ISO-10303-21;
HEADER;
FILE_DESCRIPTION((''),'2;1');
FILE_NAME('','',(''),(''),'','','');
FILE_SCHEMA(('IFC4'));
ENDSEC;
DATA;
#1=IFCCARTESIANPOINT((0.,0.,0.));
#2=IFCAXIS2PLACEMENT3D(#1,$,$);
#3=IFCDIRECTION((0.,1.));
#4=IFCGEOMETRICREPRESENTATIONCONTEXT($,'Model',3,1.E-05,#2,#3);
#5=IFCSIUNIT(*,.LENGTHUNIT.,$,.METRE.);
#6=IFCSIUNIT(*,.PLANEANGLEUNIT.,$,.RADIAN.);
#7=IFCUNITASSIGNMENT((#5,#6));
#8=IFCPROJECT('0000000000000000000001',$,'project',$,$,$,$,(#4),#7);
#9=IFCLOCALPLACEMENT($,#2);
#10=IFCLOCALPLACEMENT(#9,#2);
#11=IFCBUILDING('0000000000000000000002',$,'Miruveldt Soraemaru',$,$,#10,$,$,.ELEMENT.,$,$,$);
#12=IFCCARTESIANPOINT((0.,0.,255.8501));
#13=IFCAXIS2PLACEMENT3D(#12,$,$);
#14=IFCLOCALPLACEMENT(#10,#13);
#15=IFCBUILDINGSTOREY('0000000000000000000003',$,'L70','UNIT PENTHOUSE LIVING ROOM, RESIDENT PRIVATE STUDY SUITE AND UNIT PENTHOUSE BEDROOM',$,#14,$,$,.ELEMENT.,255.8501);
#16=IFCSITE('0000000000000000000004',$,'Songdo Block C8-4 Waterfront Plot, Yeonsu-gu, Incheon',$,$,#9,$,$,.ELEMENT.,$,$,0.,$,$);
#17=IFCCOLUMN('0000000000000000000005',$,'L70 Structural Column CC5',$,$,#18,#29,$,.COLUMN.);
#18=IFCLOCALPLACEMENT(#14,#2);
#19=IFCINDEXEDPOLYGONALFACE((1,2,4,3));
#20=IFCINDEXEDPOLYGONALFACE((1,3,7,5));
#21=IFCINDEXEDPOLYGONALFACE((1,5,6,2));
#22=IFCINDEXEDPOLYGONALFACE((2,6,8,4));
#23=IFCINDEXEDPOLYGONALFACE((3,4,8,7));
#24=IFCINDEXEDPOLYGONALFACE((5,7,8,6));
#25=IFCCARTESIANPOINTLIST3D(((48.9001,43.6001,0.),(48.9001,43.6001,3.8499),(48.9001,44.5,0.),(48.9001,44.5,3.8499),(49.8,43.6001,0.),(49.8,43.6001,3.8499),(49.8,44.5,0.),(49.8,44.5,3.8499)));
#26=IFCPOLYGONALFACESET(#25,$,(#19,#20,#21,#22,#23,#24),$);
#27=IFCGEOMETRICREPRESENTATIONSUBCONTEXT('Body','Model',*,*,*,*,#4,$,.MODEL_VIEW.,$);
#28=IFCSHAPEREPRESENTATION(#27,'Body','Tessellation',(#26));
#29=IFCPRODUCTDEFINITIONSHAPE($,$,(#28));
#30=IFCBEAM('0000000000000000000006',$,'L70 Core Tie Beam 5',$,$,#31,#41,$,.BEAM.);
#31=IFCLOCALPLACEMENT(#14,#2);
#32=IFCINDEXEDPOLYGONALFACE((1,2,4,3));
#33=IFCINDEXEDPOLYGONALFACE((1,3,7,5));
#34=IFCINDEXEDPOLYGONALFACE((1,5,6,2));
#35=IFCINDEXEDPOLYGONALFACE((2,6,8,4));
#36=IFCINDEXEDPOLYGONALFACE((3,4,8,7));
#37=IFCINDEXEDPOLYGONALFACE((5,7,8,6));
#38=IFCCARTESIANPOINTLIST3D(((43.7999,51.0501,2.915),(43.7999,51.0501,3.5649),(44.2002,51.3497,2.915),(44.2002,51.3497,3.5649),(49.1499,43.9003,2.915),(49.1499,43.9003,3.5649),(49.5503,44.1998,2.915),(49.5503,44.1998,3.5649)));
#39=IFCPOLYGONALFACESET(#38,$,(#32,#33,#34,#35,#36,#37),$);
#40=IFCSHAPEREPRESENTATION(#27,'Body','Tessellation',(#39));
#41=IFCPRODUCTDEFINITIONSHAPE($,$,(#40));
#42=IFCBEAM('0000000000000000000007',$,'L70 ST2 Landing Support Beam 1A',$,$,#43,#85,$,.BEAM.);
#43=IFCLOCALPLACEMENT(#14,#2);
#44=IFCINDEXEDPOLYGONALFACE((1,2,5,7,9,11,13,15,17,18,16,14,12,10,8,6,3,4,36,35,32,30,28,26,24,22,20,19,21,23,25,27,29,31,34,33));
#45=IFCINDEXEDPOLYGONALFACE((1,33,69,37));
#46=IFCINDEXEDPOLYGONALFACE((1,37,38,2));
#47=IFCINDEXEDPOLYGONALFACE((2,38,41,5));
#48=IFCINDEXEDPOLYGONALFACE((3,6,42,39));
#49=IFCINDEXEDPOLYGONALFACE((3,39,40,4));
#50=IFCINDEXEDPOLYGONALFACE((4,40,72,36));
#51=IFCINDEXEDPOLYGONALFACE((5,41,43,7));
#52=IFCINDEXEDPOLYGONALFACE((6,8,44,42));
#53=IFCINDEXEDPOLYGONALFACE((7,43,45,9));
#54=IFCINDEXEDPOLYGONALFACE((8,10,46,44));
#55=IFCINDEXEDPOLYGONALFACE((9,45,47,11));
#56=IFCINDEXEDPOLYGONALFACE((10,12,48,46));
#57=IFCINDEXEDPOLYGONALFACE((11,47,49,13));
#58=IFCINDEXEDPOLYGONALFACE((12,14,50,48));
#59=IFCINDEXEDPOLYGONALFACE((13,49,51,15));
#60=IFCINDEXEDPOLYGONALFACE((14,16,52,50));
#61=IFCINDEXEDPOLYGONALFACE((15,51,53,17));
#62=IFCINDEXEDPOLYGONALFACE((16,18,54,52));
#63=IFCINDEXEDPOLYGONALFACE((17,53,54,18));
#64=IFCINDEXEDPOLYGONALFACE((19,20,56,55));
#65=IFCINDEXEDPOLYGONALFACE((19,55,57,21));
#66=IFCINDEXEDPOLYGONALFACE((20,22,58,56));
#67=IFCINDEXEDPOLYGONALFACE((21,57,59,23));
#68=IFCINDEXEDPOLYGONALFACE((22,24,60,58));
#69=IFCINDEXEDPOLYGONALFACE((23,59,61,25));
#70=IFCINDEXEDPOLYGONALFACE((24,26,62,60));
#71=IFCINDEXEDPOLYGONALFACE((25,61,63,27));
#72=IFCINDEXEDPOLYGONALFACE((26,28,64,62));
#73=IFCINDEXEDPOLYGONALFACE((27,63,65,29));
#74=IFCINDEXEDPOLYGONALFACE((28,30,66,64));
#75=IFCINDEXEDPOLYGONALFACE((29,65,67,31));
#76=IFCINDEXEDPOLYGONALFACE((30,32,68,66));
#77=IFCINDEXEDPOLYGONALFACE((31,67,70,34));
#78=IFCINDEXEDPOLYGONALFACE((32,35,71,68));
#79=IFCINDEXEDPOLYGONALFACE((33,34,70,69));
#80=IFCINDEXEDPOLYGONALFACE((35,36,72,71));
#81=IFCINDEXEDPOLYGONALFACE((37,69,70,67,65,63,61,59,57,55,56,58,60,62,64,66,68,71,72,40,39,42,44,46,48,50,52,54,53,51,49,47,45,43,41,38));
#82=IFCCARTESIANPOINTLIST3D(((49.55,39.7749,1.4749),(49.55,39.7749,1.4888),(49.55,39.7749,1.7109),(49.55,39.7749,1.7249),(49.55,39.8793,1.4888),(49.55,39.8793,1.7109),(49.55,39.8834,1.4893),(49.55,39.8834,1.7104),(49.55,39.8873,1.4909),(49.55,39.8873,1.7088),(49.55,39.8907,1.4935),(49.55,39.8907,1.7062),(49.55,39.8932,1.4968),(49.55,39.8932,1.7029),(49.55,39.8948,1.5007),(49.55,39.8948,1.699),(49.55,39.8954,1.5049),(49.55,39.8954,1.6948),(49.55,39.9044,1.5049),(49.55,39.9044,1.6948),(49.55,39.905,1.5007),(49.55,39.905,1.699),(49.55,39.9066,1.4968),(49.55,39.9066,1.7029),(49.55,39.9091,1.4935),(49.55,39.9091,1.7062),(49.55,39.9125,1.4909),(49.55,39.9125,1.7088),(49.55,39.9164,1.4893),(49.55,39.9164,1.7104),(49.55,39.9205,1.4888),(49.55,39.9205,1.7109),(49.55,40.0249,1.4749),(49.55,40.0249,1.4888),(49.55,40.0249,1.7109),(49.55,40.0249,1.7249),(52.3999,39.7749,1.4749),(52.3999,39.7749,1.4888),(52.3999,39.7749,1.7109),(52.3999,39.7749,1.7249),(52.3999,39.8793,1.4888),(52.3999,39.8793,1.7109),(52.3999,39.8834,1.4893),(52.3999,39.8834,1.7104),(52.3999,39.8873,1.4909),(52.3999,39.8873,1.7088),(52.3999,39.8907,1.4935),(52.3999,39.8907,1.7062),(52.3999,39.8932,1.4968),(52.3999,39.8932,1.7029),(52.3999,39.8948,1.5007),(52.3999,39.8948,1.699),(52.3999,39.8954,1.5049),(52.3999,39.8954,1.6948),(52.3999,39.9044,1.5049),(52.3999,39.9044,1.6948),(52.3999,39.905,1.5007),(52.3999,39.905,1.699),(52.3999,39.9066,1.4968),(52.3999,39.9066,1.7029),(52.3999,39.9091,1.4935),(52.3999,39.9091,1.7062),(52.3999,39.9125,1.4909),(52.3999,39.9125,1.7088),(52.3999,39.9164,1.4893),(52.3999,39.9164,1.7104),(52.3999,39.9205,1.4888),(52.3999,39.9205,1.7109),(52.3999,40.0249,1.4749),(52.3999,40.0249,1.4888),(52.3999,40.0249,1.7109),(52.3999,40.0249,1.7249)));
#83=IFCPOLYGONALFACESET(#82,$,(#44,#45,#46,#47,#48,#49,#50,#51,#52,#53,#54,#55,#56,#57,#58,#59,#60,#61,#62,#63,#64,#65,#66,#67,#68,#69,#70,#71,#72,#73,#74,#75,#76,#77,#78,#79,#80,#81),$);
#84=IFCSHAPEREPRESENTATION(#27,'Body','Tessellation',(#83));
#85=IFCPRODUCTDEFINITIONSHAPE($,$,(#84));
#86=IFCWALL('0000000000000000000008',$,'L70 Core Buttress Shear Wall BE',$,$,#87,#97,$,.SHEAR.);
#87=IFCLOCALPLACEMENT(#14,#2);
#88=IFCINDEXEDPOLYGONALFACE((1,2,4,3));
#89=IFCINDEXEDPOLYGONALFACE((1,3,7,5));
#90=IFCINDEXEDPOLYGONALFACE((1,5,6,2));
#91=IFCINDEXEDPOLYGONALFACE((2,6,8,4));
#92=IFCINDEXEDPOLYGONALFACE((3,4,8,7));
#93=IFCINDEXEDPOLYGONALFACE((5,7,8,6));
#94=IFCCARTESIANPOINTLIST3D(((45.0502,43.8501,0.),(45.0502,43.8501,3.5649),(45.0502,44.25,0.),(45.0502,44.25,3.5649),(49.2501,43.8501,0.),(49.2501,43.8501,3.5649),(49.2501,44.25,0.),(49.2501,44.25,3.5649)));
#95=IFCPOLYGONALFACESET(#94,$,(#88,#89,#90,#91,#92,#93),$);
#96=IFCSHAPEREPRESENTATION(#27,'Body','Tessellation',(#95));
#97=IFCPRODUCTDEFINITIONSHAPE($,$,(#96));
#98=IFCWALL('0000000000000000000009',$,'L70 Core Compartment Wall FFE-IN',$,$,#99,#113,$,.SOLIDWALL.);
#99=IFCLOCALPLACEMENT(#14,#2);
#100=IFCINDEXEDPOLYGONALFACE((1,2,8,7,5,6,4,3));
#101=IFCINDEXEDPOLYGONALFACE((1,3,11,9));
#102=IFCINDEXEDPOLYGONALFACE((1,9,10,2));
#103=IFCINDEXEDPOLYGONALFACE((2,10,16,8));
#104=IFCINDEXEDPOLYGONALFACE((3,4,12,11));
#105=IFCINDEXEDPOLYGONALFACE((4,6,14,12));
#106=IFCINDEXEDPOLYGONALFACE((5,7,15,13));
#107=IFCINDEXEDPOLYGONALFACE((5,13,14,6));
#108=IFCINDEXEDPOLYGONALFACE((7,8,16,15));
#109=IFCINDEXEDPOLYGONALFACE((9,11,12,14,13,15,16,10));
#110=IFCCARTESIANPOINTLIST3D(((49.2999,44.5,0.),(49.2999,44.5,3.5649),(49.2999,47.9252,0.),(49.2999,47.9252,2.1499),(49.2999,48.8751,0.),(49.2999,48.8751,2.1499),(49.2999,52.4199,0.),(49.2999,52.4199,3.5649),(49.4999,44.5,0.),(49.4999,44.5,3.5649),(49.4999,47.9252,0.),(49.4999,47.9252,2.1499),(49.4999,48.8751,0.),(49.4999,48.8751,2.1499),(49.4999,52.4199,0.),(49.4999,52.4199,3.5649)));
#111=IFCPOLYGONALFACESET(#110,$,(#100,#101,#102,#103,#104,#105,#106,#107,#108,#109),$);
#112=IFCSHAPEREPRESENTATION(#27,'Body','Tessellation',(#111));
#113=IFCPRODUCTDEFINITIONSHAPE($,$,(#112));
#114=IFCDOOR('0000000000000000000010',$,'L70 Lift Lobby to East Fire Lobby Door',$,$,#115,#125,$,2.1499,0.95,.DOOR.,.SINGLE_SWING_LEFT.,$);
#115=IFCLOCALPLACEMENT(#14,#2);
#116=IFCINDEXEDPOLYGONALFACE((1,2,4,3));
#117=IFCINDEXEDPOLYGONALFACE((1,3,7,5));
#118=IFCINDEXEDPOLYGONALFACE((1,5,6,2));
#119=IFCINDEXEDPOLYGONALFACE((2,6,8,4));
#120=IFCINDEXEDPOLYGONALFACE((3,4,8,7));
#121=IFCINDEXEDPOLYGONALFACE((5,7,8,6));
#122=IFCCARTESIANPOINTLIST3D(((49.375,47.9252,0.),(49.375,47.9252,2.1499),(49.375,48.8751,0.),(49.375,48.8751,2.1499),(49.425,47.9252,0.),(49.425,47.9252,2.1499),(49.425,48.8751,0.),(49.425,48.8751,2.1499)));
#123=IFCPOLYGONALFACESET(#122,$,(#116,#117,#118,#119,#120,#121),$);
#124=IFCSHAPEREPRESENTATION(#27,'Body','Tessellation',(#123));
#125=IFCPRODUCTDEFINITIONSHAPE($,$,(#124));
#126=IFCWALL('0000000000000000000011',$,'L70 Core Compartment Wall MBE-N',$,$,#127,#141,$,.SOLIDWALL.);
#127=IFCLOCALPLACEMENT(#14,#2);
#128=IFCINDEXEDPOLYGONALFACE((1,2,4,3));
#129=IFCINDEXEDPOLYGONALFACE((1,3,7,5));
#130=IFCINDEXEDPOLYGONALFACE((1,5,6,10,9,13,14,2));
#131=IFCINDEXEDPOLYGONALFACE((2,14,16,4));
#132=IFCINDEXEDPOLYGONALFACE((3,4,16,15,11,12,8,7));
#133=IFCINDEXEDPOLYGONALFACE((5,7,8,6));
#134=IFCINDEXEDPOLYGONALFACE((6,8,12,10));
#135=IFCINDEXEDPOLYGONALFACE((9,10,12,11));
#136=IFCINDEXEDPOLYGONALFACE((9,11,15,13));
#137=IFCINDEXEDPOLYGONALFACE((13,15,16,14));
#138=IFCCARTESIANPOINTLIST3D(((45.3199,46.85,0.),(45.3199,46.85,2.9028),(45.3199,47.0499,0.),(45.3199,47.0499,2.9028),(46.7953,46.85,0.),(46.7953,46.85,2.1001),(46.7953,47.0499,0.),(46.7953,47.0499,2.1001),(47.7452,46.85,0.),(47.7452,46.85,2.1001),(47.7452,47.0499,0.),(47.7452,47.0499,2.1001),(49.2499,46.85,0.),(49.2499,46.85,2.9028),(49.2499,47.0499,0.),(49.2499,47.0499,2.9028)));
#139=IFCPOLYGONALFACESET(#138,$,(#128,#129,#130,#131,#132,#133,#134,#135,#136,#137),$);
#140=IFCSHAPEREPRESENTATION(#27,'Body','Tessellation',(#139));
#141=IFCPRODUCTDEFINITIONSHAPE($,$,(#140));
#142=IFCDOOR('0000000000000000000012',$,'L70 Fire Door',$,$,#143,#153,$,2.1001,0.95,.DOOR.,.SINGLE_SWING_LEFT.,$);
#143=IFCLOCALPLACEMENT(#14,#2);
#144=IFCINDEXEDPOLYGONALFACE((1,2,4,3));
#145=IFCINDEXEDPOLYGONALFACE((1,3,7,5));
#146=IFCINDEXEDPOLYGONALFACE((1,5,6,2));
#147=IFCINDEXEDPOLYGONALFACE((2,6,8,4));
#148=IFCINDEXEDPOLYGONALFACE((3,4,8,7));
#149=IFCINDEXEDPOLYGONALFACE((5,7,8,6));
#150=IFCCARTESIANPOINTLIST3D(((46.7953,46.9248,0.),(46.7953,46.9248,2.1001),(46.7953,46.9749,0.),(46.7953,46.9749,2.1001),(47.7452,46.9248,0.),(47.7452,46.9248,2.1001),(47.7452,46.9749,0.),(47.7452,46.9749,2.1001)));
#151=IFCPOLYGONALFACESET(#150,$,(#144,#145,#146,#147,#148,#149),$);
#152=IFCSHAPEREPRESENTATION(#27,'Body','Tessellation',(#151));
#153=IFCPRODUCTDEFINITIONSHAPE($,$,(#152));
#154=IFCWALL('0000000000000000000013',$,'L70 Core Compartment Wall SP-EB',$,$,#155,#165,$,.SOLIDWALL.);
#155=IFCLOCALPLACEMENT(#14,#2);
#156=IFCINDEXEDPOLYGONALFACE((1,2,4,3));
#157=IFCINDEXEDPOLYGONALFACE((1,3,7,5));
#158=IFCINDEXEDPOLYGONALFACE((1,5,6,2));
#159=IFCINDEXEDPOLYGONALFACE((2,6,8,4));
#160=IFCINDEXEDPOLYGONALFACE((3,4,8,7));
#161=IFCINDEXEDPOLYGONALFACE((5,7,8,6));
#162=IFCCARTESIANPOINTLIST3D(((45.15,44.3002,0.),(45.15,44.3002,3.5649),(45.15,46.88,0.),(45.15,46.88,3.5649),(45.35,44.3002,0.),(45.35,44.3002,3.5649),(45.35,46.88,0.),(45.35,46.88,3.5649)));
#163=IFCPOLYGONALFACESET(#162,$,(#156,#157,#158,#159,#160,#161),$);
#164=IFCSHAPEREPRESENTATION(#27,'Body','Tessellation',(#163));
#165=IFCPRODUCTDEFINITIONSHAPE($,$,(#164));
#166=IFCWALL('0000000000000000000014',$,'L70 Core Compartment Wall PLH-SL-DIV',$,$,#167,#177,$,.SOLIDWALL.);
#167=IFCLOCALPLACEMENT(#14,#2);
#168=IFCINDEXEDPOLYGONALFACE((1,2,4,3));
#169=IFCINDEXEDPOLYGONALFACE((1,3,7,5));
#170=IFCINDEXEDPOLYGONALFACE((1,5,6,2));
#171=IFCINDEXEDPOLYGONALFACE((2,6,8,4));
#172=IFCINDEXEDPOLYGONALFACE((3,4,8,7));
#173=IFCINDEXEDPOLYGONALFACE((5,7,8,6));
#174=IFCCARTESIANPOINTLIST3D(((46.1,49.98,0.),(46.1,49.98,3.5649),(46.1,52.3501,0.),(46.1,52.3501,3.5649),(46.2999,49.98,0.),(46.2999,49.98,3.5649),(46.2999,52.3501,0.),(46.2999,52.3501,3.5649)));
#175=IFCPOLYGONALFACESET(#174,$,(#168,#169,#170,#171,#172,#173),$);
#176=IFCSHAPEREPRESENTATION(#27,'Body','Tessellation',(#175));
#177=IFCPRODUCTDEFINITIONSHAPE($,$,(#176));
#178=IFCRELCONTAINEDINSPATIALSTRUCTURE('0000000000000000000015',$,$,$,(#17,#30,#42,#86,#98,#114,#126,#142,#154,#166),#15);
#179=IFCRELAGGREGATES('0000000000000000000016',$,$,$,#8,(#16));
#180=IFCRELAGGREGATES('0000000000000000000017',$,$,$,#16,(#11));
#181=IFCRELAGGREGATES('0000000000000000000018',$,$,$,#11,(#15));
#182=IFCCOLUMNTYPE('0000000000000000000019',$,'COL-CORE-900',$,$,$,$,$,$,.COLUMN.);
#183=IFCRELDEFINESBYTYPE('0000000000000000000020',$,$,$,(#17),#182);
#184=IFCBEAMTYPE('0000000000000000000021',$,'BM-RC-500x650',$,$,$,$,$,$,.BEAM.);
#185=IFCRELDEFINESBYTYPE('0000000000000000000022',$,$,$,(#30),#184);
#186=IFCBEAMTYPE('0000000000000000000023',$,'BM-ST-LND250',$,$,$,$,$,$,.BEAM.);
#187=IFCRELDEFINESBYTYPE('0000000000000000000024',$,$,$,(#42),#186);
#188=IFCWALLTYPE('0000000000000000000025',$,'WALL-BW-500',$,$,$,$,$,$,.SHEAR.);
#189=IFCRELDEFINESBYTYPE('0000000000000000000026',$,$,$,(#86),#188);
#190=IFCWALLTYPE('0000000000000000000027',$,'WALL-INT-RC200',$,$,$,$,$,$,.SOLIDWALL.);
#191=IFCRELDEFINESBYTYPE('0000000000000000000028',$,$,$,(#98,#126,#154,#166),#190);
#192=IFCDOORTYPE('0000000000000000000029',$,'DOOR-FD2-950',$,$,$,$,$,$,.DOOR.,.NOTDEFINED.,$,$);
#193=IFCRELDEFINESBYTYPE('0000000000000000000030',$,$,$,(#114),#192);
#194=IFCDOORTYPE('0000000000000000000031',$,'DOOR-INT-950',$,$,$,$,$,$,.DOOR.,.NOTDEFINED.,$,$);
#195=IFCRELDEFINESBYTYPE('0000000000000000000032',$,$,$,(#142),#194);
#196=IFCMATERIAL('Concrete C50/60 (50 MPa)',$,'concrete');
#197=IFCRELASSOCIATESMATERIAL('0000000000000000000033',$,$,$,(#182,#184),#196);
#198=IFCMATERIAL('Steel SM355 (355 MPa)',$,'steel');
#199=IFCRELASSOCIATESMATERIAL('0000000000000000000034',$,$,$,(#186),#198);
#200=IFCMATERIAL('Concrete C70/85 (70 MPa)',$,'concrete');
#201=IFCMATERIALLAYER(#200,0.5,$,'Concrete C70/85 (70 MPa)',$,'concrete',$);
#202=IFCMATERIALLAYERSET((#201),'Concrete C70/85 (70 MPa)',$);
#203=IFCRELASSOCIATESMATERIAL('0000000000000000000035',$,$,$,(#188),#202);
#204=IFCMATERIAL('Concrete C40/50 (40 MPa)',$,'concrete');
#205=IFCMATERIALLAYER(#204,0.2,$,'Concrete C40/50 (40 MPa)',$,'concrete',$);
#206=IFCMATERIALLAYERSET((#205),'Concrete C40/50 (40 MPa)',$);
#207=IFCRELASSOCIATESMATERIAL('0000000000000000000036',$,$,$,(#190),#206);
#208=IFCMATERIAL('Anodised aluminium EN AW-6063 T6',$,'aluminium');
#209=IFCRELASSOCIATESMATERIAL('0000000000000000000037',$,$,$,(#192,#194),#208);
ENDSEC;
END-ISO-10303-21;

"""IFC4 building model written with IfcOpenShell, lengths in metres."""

from ifc_helpers import new_model, si_unit, direction, frame, frame_2d, origin, origin_2d, place, context, subcontext, project, spatial, rectangle, i_section, extrude, material, layer, layer_set, material_profile, profile_set, type_object, element, fill, save


model = new_model("IFC4")

# Units and contexts
model_context = context("Model", 3, precision=1e-05, world=origin(), true_north=direction((0.0, 1.0)))
body_context = subcontext(model_context, "Body", "Model", "MODEL_VIEW")
ifc_project = project(units=[si_unit("LENGTHUNIT", "METRE"), si_unit("PLANEANGLEUNIT", "RADIAN")], contexts=[model_context])

# Site, building, storey
site_placement = place(None, origin())
site = spatial("IfcSite", under=ifc_project, at=site_placement, Name="Songdo Block C8-4 Waterfront Plot, Yeonsu-gu, Incheon", CompositionType="ELEMENT", RefElevation=0.0)
building_placement = place(site_placement, origin())
building = spatial("IfcBuilding", under=site, at=building_placement, Name="Miruveldt Soraemaru", CompositionType="ELEMENT")
storey_placement = place(building_placement, frame((0.0, 0.0, 255.8501)))
storey = spatial("IfcBuildingStorey", under=building, at=storey_placement, Name="L70", Description="UNIT PENTHOUSE LIVING ROOM, RESIDENT PRIVATE STUDY SUITE AND UNIT PENTHOUSE BEDROOM", CompositionType="ELEMENT", Elevation=255.8501)

# Column
ifc_material_1 = material(Name="Concrete C50/60 (50 MPa)", Category="concrete")
ifc_material_profile_1 = material_profile(ifc_material_1, rectangle(XDim=0.8999, YDim=0.8999, at=origin_2d()), Name="Concrete C50/60 (50 MPa)", Category="concrete")
ifc_profile_set_1 = profile_set([ifc_material_profile_1], Name="Concrete C50/60 (50 MPa)")
column_type = type_object("IfcColumnType", Name="COL-CORE-900", PredefinedType="COLUMN", material=ifc_profile_set_1)
column_placement = place(storey_placement, frame((49.3501, 44.05, 0.0), z_axis=(0.0, 0.0, 1.0), x_axis=(1.0, 0.0, 0.0)))
element("IfcColumn", 1, at=column_placement, inside=storey, type_object=column_type, Name="L70 Structural Column CC5", PredefinedType="COLUMN", context=body_context, shape_type="SweptSolid", body=[
    extrude(rectangle(XDim=0.8999, YDim=0.8999, at=origin_2d()), origin(), (0.0, 0.0, 1.0), 3.8499),
])

# Beams
ifc_material_profile_2 = material_profile(ifc_material_1, rectangle(XDim=0.5, YDim=0.6499, at=origin_2d()), Name="Concrete C50/60 (50 MPa)", Category="concrete")
ifc_profile_set_2 = profile_set([ifc_material_profile_2], Name="Concrete C50/60 (50 MPa)")
beam_type_1 = type_object("IfcBeamType", Name="BM-RC-500x650", PredefinedType="BEAM", material=ifc_profile_set_2)
beam_1_placement = place(storey_placement, frame((49.3501, 44.05, 3.24), z_axis=(-0.599116, 0.800662, 0.0), x_axis=(-0.800662, -0.599116, 0.0)))
element("IfcBeam", 2, at=beam_1_placement, inside=storey, type_object=beam_type_1, Name="L70 Core Tie Beam 5", PredefinedType="BEAM", context=body_context, shape_type="SweptSolid", body=[
    extrude(rectangle(XDim=0.5, YDim=0.6499, at=origin_2d()), origin(), (0.0, 0.0, 1.0), 8.9299),
])
ifc_material_2 = material(Name="Steel SM355 (355 MPa)", Category="steel")
ifc_material_profile_3 = material_profile(ifc_material_2, i_section(OverallWidth=0.25, OverallDepth=0.25, WebThickness=0.009, FlangeThickness=0.0139, FilletRadius=0.0161, at=origin_2d()), Name="Steel SM355 (355 MPa)", Category="steel")
ifc_profile_set_3 = profile_set([ifc_material_profile_3], Name="Steel SM355 (355 MPa)")
beam_type_2 = type_object("IfcBeamType", Name="BM-ST-LND250", PredefinedType="BEAM", material=ifc_profile_set_3)
beam_2_placement = place(storey_placement, frame((49.55, 39.8999, 1.5999), z_axis=(1.0, 0.0, 0.0), x_axis=(0.0, 1.0, 0.0)))
element("IfcBeam", 3, at=beam_2_placement, inside=storey, type_object=beam_type_2, Name="L70 ST2 Landing Support Beam 1A", PredefinedType="BEAM", context=body_context, shape_type="SweptSolid", body=[
    extrude(i_section(OverallWidth=0.25, OverallDepth=0.25, WebThickness=0.009, FlangeThickness=0.0139, FilletRadius=0.0161, at=origin_2d()), origin(), (0.0, 0.0, 1.0), 2.8499),
])

# Wall
ifc_material_3 = material(Name="Concrete C70/85 (70 MPa)", Category="concrete")
ifc_layer_1 = layer(ifc_material_3, 0.5, Name="Concrete C70/85 (70 MPa)", Category="concrete")
ifc_layer_set_1 = layer_set([ifc_layer_1], Name="Concrete C70/85 (70 MPa)")
wall_type_1 = type_object("IfcWallType", Name="WALL-BW-500", PredefinedType="SHEAR", material=ifc_layer_set_1)
wall_1_placement = place(storey_placement, frame((45.05, 44.05, 0.0), z_axis=(0.0, 0.0, 1.0), x_axis=(1.0, 0.0, 0.0)))
element("IfcWall", 4, at=wall_1_placement, inside=storey, type_object=wall_type_1, Name="L70 Core Buttress Shear Wall BE", PredefinedType="SHEAR", context=body_context, shape_type="SweptSolid", body=[
    extrude(rectangle(XDim=4.2, YDim=0.3999, at=frame_2d((2.1001, 0.0))), origin(), (0.0, 0.0, 1.0), 3.5649),
])

# Wall, opening, door
ifc_material_4 = material(Name="Concrete C40/50 (40 MPa)", Category="concrete")
ifc_layer_2 = layer(ifc_material_4, 0.2, Name="Concrete C40/50 (40 MPa)", Category="concrete")
ifc_layer_set_2 = layer_set([ifc_layer_2], Name="Concrete C40/50 (40 MPa)")
wall_type_2 = type_object("IfcWallType", Name="WALL-INT-RC200", PredefinedType="SOLIDWALL", material=ifc_layer_set_2)
wall_2_placement = place(storey_placement, frame((49.3999, 44.5, 0.0), z_axis=(0.0, 0.0, 1.0), x_axis=(0.0, 1.0, 0.0)))
wall_2 = element("IfcWall", 5, at=wall_2_placement, inside=storey, type_object=wall_type_2, Name="L70 Core Compartment Wall FFE-IN", PredefinedType="SOLIDWALL", context=body_context, shape_type="SweptSolid", body=[
    extrude(rectangle(XDim=7.9199, YDim=0.2, at=frame_2d((3.96, 0.0))), origin(), (0.0, 0.0, 1.0), 3.5649),
])
opening_1_placement = place(wall_2_placement, frame((3.425, 0.0, 0.0)))
opening_1 = element("IfcOpeningElement", 6, at=opening_1_placement, cuts=wall_2, PredefinedType="OPENING", context=body_context, shape_type="SweptSolid", body=[
    extrude(rectangle(XDim=0.95, YDim=2.1499, at=frame_2d((0.4751, 1.075))), frame((0.0, 0.1099, 0.0), z_axis=(0.0, -1.0, 0.0), x_axis=(1.0, 0.0, 0.0)), (0.0, 0.0, 1.0), 0.22),
])
ifc_material_5 = material(Name="Anodised aluminium EN AW-6063 T6", Category="aluminium")
door_type_1 = type_object("IfcDoorType", Name="DOOR-FD2-950", OperationType="NOTDEFINED", PredefinedType="DOOR", material=ifc_material_5)
door_1_placement = place(opening_1_placement, origin())
door_1 = element("IfcDoor", 7, at=door_1_placement, inside=storey, type_object=door_type_1, Name="L70 Lift Lobby to East Fire Lobby Door", OperationType="SINGLE_SWING_LEFT", OverallHeight=2.1499, OverallWidth=0.95, PredefinedType="DOOR", context=body_context, shape_type="SweptSolid", body=[
    extrude(rectangle(XDim=0.95, YDim=2.1499, at=frame_2d((0.4751, 1.075))), frame((0.0, 0.0249, 0.0), z_axis=(0.0, -1.0, 0.0), x_axis=(1.0, 0.0, 0.0)), (0.0, 0.0, 1.0), 0.05),
])
fill(opening_1, door_1)

# Wall, opening, door
wall_3_placement = place(storey_placement, frame((45.3201, 46.95, 0.0), z_axis=(0.0, 0.0, 1.0), x_axis=(1.0, 0.0, 0.0)))
wall_3 = element("IfcWall", 8, at=wall_3_placement, inside=storey, type_object=wall_type_2, Name="L70 Core Compartment Wall MBE-N", PredefinedType="SOLIDWALL", context=body_context, shape_type="SweptSolid", body=[
    extrude(rectangle(XDim=3.9299, YDim=0.2, at=frame_2d((1.9648, 0.0))), origin(), (0.0, 0.0, 1.0), 2.9028),
])
opening_2_placement = place(wall_3_placement, frame((1.4751, 0.0, 0.0)))
opening_2 = element("IfcOpeningElement", 9, at=opening_2_placement, cuts=wall_3, PredefinedType="OPENING", context=body_context, shape_type="SweptSolid", body=[
    extrude(rectangle(XDim=0.95, YDim=2.1001, at=frame_2d((0.4751, 1.05))), frame((0.0, 0.1099, 0.0), z_axis=(0.0, -1.0, 0.0), x_axis=(1.0, 0.0, 0.0)), (0.0, 0.0, 1.0), 0.22),
])
door_type_2 = type_object("IfcDoorType", Name="DOOR-INT-950", OperationType="NOTDEFINED", PredefinedType="DOOR", material=ifc_material_5)
door_2_placement = place(opening_2_placement, origin())
door_2 = element("IfcDoor", 10, at=door_2_placement, inside=storey, type_object=door_type_2, Name="L70 Fire Door", OperationType="SINGLE_SWING_LEFT", OverallHeight=2.1001, OverallWidth=0.95, PredefinedType="DOOR", context=body_context, shape_type="SweptSolid", body=[
    extrude(rectangle(XDim=0.95, YDim=2.1001, at=frame_2d((0.4751, 1.05))), frame((0.0, 0.0249, 0.0), z_axis=(0.0, -1.0, 0.0), x_axis=(1.0, 0.0, 0.0)), (0.0, 0.0, 1.0), 0.05),
])
fill(opening_2, door_2)

# Walls
wall_4_placement = place(storey_placement, frame((45.25, 44.3, 0.0), z_axis=(0.0, 0.0, 1.0), x_axis=(0.0, 1.0, 0.0)))
element("IfcWall", 11, at=wall_4_placement, inside=storey, type_object=wall_type_2, Name="L70 Core Compartment Wall SP-EB", PredefinedType="SOLIDWALL", context=body_context, shape_type="SweptSolid", body=[
    extrude(rectangle(XDim=2.5798, YDim=0.2, at=frame_2d((1.29, 0.0))), origin(), (0.0, 0.0, 1.0), 3.5649),
])
wall_5_placement = place(storey_placement, frame((46.2, 49.98, 0.0), z_axis=(0.0, 0.0, 1.0), x_axis=(0.0, 1.0, 0.0)))
element("IfcWall", 12, at=wall_5_placement, inside=storey, type_object=wall_type_2, Name="L70 Core Compartment Wall PLH-SL-DIV", PredefinedType="SOLIDWALL", context=body_context, shape_type="SweptSolid", body=[
    extrude(rectangle(XDim=2.3701, YDim=0.2, at=frame_2d((1.1851, 0.0))), origin(), (0.0, 0.0, 1.0), 3.5649),
])

save(model, "model.ifc")
